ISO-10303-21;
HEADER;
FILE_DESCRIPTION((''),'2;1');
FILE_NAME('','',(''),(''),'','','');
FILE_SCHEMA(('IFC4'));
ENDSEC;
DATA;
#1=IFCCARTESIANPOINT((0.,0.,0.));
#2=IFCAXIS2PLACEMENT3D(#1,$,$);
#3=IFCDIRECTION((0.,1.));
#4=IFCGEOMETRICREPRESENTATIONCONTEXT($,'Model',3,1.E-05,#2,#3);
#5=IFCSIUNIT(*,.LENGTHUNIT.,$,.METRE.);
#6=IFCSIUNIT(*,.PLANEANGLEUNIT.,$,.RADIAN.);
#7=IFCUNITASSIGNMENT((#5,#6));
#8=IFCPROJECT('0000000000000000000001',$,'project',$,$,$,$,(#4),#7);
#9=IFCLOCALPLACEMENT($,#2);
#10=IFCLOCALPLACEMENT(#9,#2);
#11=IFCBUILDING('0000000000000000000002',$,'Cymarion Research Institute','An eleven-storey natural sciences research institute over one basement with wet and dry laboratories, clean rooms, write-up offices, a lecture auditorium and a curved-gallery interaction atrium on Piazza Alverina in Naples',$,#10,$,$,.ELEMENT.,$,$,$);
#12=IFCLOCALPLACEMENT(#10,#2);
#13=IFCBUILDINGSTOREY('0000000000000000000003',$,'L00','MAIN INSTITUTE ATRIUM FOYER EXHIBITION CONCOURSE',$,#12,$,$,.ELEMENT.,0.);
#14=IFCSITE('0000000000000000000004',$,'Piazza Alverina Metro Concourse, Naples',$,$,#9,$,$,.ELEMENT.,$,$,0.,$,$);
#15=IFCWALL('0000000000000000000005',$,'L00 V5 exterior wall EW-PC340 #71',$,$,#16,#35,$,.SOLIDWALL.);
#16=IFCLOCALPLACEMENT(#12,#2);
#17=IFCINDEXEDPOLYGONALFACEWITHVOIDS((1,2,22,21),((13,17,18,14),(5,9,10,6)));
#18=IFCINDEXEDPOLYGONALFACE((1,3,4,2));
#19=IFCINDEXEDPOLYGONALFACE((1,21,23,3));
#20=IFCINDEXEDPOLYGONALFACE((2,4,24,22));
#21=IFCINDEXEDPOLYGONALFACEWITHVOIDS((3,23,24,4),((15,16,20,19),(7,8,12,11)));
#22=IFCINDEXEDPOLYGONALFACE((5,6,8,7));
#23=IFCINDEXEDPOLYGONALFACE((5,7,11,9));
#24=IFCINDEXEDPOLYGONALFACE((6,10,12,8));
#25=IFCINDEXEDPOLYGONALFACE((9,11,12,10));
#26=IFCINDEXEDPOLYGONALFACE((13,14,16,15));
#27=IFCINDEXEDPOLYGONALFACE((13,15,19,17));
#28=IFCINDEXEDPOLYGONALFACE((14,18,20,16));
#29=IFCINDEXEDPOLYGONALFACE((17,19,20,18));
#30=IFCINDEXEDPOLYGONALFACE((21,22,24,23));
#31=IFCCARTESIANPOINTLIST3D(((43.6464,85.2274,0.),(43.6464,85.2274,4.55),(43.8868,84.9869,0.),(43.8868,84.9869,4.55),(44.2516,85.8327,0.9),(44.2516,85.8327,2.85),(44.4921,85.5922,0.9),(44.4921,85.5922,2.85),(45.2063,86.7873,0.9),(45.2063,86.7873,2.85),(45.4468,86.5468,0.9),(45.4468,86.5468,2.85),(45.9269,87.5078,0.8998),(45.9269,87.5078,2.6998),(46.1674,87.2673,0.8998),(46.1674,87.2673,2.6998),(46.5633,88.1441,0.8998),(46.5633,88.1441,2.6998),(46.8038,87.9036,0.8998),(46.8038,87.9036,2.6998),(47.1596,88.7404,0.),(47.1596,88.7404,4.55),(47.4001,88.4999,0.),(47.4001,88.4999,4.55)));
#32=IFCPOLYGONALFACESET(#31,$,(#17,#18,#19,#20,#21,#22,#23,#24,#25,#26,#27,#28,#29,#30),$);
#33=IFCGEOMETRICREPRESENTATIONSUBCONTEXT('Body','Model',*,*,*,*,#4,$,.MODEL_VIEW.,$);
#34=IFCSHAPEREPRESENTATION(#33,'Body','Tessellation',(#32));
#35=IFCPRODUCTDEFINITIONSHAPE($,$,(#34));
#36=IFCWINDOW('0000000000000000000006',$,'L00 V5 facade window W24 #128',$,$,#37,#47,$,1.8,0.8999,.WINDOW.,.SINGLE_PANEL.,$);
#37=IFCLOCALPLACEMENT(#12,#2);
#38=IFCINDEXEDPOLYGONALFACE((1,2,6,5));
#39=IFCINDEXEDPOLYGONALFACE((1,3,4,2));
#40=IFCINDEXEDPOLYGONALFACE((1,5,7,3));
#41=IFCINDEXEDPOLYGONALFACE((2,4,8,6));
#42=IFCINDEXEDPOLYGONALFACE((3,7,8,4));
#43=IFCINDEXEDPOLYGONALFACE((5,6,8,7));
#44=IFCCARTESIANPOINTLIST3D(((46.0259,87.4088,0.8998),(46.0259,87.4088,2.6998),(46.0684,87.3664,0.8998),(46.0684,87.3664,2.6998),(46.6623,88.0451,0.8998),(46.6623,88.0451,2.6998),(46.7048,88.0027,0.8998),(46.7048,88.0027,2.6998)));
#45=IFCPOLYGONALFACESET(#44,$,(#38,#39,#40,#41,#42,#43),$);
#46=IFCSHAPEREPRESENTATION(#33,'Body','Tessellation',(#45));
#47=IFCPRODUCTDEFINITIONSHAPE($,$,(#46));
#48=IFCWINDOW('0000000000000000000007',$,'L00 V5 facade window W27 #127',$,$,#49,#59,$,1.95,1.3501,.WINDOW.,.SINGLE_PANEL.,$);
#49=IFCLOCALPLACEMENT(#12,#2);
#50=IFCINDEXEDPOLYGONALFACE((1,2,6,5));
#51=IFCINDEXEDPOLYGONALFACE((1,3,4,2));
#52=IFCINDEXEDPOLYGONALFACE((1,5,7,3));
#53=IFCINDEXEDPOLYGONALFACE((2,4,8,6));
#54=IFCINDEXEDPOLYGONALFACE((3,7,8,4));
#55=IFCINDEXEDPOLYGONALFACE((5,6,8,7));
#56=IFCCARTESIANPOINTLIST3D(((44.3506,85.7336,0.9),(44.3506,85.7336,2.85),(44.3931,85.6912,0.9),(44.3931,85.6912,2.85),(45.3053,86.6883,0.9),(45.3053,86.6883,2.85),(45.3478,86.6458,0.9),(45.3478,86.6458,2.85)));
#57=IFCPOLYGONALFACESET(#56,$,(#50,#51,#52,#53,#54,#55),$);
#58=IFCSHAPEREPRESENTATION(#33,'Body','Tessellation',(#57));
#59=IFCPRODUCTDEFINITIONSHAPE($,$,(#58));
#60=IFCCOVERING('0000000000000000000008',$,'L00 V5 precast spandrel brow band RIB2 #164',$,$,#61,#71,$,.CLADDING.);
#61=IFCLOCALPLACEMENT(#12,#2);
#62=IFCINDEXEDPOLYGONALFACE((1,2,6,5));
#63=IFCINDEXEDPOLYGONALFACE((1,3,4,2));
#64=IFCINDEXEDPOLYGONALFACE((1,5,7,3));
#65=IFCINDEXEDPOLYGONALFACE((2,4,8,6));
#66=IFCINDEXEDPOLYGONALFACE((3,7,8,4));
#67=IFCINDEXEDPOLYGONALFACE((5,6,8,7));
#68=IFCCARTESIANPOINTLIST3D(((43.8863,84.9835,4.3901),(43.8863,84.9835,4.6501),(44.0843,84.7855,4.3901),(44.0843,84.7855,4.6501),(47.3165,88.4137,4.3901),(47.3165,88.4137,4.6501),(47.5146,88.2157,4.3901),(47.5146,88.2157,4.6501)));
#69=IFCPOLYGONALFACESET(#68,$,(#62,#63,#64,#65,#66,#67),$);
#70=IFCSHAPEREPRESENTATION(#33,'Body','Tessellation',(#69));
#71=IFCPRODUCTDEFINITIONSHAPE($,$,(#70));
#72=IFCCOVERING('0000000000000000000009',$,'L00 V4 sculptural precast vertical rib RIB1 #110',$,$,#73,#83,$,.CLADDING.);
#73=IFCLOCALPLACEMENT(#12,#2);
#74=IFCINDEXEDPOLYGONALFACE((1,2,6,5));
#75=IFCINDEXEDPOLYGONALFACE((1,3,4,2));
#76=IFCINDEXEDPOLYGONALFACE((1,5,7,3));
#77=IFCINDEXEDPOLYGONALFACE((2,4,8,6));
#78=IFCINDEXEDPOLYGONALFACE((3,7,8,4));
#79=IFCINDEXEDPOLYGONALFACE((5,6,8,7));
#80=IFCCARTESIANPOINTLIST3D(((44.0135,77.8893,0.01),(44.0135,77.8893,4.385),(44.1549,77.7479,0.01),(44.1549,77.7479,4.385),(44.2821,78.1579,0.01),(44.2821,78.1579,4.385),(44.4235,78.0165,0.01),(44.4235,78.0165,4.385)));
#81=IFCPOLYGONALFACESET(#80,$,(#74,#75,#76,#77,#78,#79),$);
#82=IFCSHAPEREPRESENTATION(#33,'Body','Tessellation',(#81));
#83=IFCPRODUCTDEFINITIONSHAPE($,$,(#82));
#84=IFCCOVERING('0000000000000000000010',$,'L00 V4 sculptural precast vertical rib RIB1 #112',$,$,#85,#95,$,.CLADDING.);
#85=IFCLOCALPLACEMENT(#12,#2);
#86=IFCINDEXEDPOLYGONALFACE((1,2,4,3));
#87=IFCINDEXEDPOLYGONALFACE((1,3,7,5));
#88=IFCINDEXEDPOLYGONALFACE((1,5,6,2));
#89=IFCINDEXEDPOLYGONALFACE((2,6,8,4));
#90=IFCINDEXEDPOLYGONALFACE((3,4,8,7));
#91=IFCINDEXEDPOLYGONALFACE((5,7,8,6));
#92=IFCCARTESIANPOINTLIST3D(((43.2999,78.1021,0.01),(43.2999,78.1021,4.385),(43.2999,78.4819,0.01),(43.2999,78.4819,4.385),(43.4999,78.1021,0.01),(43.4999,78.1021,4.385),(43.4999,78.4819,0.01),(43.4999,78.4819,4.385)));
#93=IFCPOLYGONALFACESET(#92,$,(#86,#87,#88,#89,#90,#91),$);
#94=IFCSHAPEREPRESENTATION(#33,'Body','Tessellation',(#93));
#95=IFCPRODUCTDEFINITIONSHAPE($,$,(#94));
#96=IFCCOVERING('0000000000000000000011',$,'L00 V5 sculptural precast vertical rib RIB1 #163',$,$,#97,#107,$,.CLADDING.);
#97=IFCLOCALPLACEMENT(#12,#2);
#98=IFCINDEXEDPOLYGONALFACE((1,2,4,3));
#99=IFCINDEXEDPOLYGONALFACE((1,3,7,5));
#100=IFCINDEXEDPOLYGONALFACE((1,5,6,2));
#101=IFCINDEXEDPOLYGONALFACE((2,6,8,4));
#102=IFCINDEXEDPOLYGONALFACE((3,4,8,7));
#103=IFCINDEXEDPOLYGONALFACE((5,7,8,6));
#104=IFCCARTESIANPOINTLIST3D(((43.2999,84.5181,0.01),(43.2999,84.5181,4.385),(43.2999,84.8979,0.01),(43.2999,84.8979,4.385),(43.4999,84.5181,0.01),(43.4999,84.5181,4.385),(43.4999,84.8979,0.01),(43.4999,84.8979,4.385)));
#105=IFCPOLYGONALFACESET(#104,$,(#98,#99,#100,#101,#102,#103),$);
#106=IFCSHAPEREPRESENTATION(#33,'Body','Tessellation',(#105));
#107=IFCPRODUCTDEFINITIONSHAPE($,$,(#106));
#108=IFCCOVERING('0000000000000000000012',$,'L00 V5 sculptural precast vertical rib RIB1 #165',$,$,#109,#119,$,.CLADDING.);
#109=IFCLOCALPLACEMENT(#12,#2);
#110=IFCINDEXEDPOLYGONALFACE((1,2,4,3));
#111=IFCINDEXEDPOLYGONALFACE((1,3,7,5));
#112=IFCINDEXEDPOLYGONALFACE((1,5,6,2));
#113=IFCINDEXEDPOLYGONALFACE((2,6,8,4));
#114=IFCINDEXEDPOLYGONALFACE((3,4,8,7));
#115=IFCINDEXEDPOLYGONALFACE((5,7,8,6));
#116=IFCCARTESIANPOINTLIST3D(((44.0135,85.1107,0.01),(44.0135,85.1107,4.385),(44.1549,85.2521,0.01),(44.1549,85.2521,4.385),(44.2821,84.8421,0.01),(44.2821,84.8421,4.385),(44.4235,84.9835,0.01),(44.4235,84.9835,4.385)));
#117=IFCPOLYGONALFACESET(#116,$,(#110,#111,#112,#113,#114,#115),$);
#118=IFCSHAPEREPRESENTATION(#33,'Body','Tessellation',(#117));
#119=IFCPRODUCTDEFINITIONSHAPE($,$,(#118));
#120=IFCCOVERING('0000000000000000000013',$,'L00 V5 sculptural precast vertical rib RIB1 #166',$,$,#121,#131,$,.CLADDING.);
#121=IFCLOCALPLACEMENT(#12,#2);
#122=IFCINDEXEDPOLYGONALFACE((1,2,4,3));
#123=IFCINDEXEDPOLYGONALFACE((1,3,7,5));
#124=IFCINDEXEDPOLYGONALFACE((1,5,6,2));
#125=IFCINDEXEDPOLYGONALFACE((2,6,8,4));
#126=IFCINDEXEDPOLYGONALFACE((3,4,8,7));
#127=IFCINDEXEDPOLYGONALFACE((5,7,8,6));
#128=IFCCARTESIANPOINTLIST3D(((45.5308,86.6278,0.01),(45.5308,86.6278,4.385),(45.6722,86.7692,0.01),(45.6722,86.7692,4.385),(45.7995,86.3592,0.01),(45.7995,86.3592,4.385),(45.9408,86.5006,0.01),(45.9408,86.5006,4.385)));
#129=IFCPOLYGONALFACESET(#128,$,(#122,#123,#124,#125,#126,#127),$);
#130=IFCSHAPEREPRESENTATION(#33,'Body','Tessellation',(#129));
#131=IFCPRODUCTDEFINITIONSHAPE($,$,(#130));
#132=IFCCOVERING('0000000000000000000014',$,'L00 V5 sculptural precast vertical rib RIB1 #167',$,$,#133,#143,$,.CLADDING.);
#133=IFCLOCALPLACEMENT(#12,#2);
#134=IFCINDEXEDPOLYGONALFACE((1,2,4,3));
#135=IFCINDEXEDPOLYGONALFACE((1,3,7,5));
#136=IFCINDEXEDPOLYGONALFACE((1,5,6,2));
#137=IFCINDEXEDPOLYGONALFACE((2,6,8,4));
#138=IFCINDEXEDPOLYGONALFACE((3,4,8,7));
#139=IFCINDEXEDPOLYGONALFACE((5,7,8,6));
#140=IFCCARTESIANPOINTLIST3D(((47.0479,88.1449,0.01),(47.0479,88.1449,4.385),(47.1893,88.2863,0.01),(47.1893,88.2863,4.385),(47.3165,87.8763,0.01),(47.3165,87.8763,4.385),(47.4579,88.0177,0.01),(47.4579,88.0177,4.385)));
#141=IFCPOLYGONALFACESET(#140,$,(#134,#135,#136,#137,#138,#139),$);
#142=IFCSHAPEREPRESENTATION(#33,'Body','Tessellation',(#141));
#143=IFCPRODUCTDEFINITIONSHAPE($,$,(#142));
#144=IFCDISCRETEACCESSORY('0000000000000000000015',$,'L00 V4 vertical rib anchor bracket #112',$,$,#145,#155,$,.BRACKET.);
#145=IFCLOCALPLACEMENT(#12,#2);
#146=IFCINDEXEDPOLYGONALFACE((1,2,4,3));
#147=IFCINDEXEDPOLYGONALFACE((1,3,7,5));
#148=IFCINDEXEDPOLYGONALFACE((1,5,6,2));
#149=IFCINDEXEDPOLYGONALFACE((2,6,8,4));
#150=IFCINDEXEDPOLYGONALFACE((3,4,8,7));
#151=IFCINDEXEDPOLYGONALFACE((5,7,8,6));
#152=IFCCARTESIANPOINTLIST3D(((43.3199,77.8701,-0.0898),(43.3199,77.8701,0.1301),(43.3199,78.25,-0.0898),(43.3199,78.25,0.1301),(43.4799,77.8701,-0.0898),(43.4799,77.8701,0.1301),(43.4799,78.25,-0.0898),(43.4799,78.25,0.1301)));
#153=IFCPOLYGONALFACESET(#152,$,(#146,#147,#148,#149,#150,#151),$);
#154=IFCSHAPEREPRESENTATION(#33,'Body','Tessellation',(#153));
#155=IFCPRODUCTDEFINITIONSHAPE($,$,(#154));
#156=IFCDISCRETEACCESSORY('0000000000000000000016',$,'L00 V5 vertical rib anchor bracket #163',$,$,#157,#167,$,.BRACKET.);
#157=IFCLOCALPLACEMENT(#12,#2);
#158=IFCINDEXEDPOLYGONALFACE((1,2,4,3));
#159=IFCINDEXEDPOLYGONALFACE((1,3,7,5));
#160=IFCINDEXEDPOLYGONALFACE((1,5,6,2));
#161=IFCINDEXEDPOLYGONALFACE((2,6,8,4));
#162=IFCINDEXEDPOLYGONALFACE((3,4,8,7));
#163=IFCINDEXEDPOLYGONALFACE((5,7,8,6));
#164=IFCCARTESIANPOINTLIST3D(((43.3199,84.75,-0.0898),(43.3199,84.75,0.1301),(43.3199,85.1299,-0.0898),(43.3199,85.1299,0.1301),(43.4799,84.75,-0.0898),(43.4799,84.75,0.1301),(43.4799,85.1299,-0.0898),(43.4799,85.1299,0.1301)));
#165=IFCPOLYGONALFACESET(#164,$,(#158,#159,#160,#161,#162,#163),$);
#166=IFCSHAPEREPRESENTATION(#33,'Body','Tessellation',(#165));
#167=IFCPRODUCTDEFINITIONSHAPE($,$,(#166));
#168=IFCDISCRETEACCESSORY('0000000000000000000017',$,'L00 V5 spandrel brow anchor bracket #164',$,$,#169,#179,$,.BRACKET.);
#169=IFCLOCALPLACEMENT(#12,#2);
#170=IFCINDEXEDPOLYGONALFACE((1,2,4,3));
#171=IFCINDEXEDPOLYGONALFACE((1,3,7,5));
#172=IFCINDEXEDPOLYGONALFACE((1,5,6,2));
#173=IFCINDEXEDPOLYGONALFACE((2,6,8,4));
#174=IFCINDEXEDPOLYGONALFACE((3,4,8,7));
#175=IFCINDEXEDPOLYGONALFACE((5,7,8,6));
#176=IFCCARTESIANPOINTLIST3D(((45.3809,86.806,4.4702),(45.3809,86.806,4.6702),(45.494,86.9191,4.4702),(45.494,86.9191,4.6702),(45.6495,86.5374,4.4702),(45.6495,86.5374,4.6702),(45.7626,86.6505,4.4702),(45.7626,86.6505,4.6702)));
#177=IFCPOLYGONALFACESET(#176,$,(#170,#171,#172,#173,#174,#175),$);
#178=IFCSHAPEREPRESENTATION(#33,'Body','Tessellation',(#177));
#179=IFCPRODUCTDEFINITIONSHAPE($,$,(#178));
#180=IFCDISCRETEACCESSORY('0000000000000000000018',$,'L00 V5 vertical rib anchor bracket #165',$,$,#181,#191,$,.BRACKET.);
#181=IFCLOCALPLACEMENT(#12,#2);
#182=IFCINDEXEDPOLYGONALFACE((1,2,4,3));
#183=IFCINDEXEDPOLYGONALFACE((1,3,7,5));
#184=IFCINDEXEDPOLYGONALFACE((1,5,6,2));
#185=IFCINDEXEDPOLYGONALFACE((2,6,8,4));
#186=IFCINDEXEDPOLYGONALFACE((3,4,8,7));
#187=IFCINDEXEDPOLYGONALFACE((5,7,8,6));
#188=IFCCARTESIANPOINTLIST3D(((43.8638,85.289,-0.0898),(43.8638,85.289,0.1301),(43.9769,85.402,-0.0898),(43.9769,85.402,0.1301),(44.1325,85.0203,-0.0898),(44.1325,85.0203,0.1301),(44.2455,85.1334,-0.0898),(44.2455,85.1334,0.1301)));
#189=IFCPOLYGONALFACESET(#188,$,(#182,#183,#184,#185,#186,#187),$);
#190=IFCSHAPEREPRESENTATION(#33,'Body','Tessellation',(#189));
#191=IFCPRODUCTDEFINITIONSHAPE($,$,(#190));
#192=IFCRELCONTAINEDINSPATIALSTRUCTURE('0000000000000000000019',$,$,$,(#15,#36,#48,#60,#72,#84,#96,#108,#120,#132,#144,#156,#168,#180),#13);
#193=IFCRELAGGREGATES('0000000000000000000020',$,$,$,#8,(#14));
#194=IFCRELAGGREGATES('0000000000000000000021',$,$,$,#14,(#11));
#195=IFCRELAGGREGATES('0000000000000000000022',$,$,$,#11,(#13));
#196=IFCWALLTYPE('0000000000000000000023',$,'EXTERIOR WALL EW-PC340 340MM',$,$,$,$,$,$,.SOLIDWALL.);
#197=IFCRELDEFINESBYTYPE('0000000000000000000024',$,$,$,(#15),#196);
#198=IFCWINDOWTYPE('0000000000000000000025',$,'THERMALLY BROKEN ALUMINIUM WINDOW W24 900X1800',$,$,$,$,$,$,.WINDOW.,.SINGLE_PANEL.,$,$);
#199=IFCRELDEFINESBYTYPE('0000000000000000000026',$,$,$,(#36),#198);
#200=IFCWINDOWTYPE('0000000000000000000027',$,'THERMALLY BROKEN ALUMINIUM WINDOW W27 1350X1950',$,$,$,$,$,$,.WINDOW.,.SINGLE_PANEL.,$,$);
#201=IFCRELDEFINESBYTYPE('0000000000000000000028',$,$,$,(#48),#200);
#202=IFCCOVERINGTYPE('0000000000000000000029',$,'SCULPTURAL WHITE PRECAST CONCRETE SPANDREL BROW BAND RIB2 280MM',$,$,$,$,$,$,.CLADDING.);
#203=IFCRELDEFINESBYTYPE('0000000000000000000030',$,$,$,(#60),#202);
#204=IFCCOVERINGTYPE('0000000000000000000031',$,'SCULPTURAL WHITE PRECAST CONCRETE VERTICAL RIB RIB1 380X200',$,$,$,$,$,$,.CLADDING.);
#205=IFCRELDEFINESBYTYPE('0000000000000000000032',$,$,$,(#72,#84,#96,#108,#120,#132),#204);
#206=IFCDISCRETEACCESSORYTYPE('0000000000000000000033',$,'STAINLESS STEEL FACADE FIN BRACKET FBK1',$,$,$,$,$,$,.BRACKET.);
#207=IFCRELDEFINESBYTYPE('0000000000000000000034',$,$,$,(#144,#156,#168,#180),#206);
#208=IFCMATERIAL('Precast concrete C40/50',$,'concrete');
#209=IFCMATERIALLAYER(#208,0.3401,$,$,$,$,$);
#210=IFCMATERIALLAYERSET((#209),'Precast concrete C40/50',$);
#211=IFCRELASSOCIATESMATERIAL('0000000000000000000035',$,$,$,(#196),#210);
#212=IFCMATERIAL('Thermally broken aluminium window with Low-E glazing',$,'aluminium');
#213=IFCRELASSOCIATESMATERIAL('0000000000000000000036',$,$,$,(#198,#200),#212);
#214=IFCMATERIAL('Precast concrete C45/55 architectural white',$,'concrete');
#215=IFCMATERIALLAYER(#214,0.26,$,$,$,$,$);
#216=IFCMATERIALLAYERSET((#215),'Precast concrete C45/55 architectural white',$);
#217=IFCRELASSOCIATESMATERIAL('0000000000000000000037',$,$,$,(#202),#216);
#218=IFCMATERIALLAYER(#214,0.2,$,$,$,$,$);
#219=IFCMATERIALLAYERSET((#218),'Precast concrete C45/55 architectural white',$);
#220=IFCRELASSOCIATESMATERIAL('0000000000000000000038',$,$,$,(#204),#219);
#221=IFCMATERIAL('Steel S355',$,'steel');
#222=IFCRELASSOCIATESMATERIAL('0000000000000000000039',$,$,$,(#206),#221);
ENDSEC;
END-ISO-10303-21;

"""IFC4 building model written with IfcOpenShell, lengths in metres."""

from ifc_helpers import new_model, si_unit, direction, frame, frame_2d, origin, origin_2d, place, context, subcontext, project, spatial, rectangle, extrude, material, layer, layer_set, type_object, element, fill, save


model = new_model("IFC4")

# Units and contexts
model_context = context("Model", 3, precision=1e-05, world=origin(), true_north=direction((0.0, 1.0)))
body_context = subcontext(model_context, "Body", "Model", "MODEL_VIEW")
ifc_project = project(units=[si_unit("LENGTHUNIT", "METRE"), si_unit("PLANEANGLEUNIT", "RADIAN")], contexts=[model_context])

# Site, building, storey
site_placement = place(None, origin())
site = spatial("IfcSite", under=ifc_project, at=site_placement, Name="Piazza Alverina Metro Concourse, Naples", CompositionType="ELEMENT", RefElevation=0.0)
building_placement = place(site_placement, origin())
building = spatial("IfcBuilding", under=site, at=building_placement, Name="Cymarion Research Institute", Description="An eleven-storey natural sciences research institute over one basement with wet and dry laboratories, clean rooms, write-up offices, a lecture auditorium and a curved-gallery interaction atrium on Piazza Alverina in Naples", CompositionType="ELEMENT")
storey_placement = place(building_placement, origin())
storey = spatial("IfcBuildingStorey", under=building, at=storey_placement, Name="L00", Description="MAIN INSTITUTE ATRIUM FOYER EXHIBITION CONCOURSE", CompositionType="ELEMENT", Elevation=0.0)

# Wall, openings, windows
ifc_material_1 = material(Name="Precast concrete C40/50", Category="concrete")
ifc_layer_1 = layer(ifc_material_1, 0.3401)
ifc_layer_set_1 = layer_set([ifc_layer_1], Name="Precast concrete C40/50")
wall_type = type_object("IfcWallType", Name="EXTERIOR WALL EW-PC340 340MM", PredefinedType="SOLIDWALL", material=ifc_layer_set_1)
wall_placement = place(storey_placement, frame((43.7666, 85.1072, 0.0), z_axis=(0.0, 0.0, 1.0), x_axis=(0.707131, 0.707082, 0.0)))
wall = element("IfcWall", 1, at=wall_placement, inside=storey, type_object=wall_type, Name="L00 V5 exterior wall EW-PC340 #71", PredefinedType="SOLIDWALL", context=body_context, shape_type="SweptSolid", body=[
    extrude(rectangle(XDim=4.9683, YDim=0.3401, at=frame_2d((2.4841, 0.0))), origin(), (0.0, 0.0, 1.0), 4.55),
])
opening_1_placement = place(wall_placement, frame((0.856, 0.0, 0.8999)))
opening_1 = element("IfcOpeningElement", 2, at=opening_1_placement, cuts=wall, PredefinedType="OPENING", context=body_context, shape_type="SweptSolid", body=[
    extrude(rectangle(XDim=1.3501, YDim=1.95, at=frame_2d((0.675, 0.9751))), frame((0.0, 0.1799, 0.0), z_axis=(0.0, -1.0, 0.0), x_axis=(1.0, 0.0, 0.0)), (0.0, 0.0, 1.0), 0.3601),
])
opening_2_placement = place(wall_placement, frame((3.2251, 0.0, 0.8999)))
opening_2 = element("IfcOpeningElement", 3, at=opening_2_placement, cuts=wall, PredefinedType="OPENING", context=body_context, shape_type="SweptSolid", body=[
    extrude(rectangle(XDim=0.8999, YDim=1.8, at=frame_2d((0.45, 0.8999))), frame((0.0, 0.1799, 0.0), z_axis=(0.0, -1.0, 0.0), x_axis=(1.0, 0.0, 0.0)), (0.0, 0.0, 1.0), 0.3601),
])
ifc_material_2 = material(Name="Thermally broken aluminium window with Low-E glazing", Category="aluminium")
window_type_1 = type_object("IfcWindowType", Name="THERMALLY BROKEN ALUMINIUM WINDOW W24 900X1800", PartitioningType="SINGLE_PANEL", PredefinedType="WINDOW", material=ifc_material_2)
window_1_placement = place(opening_2_placement, origin())
window_1 = element("IfcWindow", 4, at=window_1_placement, inside=storey, type_object=window_type_1, Name="L00 V5 facade window W24 #128", OverallHeight=1.8, OverallWidth=0.8999, PartitioningType="SINGLE_PANEL", PredefinedType="WINDOW", context=body_context, shape_type="SweptSolid", body=[
    extrude(rectangle(XDim=0.8999, YDim=1.8, at=frame_2d((0.45, 0.8999))), frame((0.0, 0.03, 0.0), z_axis=(0.0, -1.0, 0.0), x_axis=(1.0, 0.0, 0.0)), (0.0, 0.0, 1.0), 0.0601),
])
fill(opening_2, window_1)
window_type_2 = type_object("IfcWindowType", Name="THERMALLY BROKEN ALUMINIUM WINDOW W27 1350X1950", PartitioningType="SINGLE_PANEL", PredefinedType="WINDOW", material=ifc_material_2)
window_2_placement = place(opening_1_placement, origin())
window_2 = element("IfcWindow", 5, at=window_2_placement, inside=storey, type_object=window_type_2, Name="L00 V5 facade window W27 #127", OverallHeight=1.95, OverallWidth=1.3501, PartitioningType="SINGLE_PANEL", PredefinedType="WINDOW", context=body_context, shape_type="SweptSolid", body=[
    extrude(rectangle(XDim=1.3501, YDim=1.95, at=frame_2d((0.675, 0.9751))), frame((0.0, 0.03, 0.0), z_axis=(0.0, -1.0, 0.0), x_axis=(1.0, 0.0, 0.0)), (0.0, 0.0, 1.0), 0.0601),
])
fill(opening_1, window_2)

# Coverings
ifc_material_3 = material(Name="Precast concrete C45/55 architectural white", Category="concrete")
ifc_layer_2 = layer(ifc_material_3, 0.26)
ifc_layer_set_2 = layer_set([ifc_layer_2], Name="Precast concrete C45/55 architectural white")
covering_type_1 = type_object("IfcCoveringType", Name="SCULPTURAL WHITE PRECAST CONCRETE SPANDREL BROW BAND RIB2 280MM", PredefinedType="CLADDING", material=ifc_layer_set_2)
covering_placement = place(storey_placement, frame((45.7004, 86.5996, 4.3901), z_axis=(0.0, 0.0, 1.0), x_axis=(0.707107, -0.707107, 0.0)))
element("IfcCovering", 6, at=covering_placement, inside=storey, type_object=covering_type_1, Name="L00 V5 precast spandrel brow band RIB2 #164", PredefinedType="CLADDING", context=body_context, shape_type="SweptSolid", body=[
    extrude(rectangle(XDim=0.28, YDim=4.8511, at=origin_2d()), origin(), (0.0, 0.0, 1.0), 0.26),
])
ifc_layer_3 = layer(ifc_material_3, 0.2)
ifc_layer_set_3 = layer_set([ifc_layer_3], Name="Precast concrete C45/55 architectural white")
covering_type_2 = type_object("IfcCoveringType", Name="SCULPTURAL WHITE PRECAST CONCRETE VERTICAL RIB RIB1 380X200", PredefinedType="CLADDING", material=ifc_layer_set_3)
for number, where, z_axis, x_axis, name in (
    (7, (44.2185, 77.9529, 0.01), (0.0, 0.0, 1.0), (0.707107, 0.707107, 0.0), "L00 V4 sculptural precast vertical rib RIB1 #110"),
    (8, (43.3999, 78.292, 0.01), (0.0, 0.0, 1.0), (0.0, 1.0, 0.0), "L00 V4 sculptural precast vertical rib RIB1 #112"),
    (9, (43.3999, 84.708, 0.01), (0.0, 0.0, 1.0), (0.0, -1.0, 0.0), "L00 V5 sculptural precast vertical rib RIB1 #163"),
    (10, (44.2185, 85.0471, 0.01), (0.0, 0.0, 1.0), (0.707107, -0.707107, 0.0), "L00 V5 sculptural precast vertical rib RIB1 #165"),
    (11, (45.7358, 86.5642, 0.01), (0.0, 0.0, 1.0), (0.707107, -0.707107, 0.0), "L00 V5 sculptural precast vertical rib RIB1 #166"),
    (12, (47.2529, 88.0813, 0.01), (0.0, 0.0, 1.0), (0.707107, -0.707107, 0.0), "L00 V5 sculptural precast vertical rib RIB1 #167"),
):
    element("IfcCovering", number, at=place(storey_placement, frame(where, z_axis=z_axis, x_axis=x_axis)), inside=storey, type_object=covering_type_2, Name=name, PredefinedType="CLADDING", context=body_context, shape_type="SweptSolid", body=[
        extrude(rectangle(XDim=0.3799, YDim=0.2, at=origin_2d()), origin(), (0.0, 0.0, 1.0), 4.375),
    ])

# Discrete accessories
ifc_material_4 = material(Name="Steel S355", Category="steel")
discrete_accessory_type = type_object("IfcDiscreteAccessoryType", Name="STAINLESS STEEL FACADE FIN BRACKET FBK1", PredefinedType="BRACKET", material=ifc_material_4)
for number, where, z_axis, x_axis, name in (
    (13, (43.3999, 78.0601, -0.0898), (0.0, 0.0, 1.0), (0.0, 1.0, 0.0), "L00 V4 vertical rib anchor bracket #112"),
    (14, (43.3999, 84.9399, -0.0898), (0.0, 0.0, 1.0), (0.0, -1.0, 0.0), "L00 V5 vertical rib anchor bracket #163"),
):
    element("IfcDiscreteAccessory", number, at=place(storey_placement, frame(where, z_axis=z_axis, x_axis=x_axis)), inside=storey, type_object=discrete_accessory_type, Name=name, PredefinedType="BRACKET", context=body_context, shape_type="SweptSolid", body=[
        extrude(rectangle(XDim=0.3799, YDim=0.1599, at=origin_2d()), origin(), (0.0, 0.0, 1.0), 0.22),
    ])
discrete_accessory_placement = place(storey_placement, frame((45.5718, 86.7283, 4.4702), z_axis=(0.0, 0.0, 1.0), x_axis=(0.707107, -0.707107, 0.0)))
element("IfcDiscreteAccessory", 15, at=discrete_accessory_placement, inside=storey, type_object=discrete_accessory_type, Name="L00 V5 spandrel brow anchor bracket #164", PredefinedType="BRACKET", context=body_context, shape_type="SweptSolid", body=[
    extrude(rectangle(XDim=0.3799, YDim=0.1599, at=origin_2d()), origin(), (0.0, 0.0, 1.0), 0.2),
])
for number, where, z_axis, x_axis, name in (
    (16, (44.0547, 85.2112, -0.0898), (0.0, 0.0, 1.0), (0.707107, -0.707107, 0.0), "L00 V5 vertical rib anchor bracket #165"),
):
    element("IfcDiscreteAccessory", number, at=place(storey_placement, frame(where, z_axis=z_axis, x_axis=x_axis)), inside=storey, type_object=discrete_accessory_type, Name=name, PredefinedType="BRACKET", context=body_context, shape_type="SweptSolid", body=[
        extrude(rectangle(XDim=0.3799, YDim=0.1599, at=origin_2d()), origin(), (0.0, 0.0, 1.0), 0.22),
    ])

save(model, "model.ifc")
